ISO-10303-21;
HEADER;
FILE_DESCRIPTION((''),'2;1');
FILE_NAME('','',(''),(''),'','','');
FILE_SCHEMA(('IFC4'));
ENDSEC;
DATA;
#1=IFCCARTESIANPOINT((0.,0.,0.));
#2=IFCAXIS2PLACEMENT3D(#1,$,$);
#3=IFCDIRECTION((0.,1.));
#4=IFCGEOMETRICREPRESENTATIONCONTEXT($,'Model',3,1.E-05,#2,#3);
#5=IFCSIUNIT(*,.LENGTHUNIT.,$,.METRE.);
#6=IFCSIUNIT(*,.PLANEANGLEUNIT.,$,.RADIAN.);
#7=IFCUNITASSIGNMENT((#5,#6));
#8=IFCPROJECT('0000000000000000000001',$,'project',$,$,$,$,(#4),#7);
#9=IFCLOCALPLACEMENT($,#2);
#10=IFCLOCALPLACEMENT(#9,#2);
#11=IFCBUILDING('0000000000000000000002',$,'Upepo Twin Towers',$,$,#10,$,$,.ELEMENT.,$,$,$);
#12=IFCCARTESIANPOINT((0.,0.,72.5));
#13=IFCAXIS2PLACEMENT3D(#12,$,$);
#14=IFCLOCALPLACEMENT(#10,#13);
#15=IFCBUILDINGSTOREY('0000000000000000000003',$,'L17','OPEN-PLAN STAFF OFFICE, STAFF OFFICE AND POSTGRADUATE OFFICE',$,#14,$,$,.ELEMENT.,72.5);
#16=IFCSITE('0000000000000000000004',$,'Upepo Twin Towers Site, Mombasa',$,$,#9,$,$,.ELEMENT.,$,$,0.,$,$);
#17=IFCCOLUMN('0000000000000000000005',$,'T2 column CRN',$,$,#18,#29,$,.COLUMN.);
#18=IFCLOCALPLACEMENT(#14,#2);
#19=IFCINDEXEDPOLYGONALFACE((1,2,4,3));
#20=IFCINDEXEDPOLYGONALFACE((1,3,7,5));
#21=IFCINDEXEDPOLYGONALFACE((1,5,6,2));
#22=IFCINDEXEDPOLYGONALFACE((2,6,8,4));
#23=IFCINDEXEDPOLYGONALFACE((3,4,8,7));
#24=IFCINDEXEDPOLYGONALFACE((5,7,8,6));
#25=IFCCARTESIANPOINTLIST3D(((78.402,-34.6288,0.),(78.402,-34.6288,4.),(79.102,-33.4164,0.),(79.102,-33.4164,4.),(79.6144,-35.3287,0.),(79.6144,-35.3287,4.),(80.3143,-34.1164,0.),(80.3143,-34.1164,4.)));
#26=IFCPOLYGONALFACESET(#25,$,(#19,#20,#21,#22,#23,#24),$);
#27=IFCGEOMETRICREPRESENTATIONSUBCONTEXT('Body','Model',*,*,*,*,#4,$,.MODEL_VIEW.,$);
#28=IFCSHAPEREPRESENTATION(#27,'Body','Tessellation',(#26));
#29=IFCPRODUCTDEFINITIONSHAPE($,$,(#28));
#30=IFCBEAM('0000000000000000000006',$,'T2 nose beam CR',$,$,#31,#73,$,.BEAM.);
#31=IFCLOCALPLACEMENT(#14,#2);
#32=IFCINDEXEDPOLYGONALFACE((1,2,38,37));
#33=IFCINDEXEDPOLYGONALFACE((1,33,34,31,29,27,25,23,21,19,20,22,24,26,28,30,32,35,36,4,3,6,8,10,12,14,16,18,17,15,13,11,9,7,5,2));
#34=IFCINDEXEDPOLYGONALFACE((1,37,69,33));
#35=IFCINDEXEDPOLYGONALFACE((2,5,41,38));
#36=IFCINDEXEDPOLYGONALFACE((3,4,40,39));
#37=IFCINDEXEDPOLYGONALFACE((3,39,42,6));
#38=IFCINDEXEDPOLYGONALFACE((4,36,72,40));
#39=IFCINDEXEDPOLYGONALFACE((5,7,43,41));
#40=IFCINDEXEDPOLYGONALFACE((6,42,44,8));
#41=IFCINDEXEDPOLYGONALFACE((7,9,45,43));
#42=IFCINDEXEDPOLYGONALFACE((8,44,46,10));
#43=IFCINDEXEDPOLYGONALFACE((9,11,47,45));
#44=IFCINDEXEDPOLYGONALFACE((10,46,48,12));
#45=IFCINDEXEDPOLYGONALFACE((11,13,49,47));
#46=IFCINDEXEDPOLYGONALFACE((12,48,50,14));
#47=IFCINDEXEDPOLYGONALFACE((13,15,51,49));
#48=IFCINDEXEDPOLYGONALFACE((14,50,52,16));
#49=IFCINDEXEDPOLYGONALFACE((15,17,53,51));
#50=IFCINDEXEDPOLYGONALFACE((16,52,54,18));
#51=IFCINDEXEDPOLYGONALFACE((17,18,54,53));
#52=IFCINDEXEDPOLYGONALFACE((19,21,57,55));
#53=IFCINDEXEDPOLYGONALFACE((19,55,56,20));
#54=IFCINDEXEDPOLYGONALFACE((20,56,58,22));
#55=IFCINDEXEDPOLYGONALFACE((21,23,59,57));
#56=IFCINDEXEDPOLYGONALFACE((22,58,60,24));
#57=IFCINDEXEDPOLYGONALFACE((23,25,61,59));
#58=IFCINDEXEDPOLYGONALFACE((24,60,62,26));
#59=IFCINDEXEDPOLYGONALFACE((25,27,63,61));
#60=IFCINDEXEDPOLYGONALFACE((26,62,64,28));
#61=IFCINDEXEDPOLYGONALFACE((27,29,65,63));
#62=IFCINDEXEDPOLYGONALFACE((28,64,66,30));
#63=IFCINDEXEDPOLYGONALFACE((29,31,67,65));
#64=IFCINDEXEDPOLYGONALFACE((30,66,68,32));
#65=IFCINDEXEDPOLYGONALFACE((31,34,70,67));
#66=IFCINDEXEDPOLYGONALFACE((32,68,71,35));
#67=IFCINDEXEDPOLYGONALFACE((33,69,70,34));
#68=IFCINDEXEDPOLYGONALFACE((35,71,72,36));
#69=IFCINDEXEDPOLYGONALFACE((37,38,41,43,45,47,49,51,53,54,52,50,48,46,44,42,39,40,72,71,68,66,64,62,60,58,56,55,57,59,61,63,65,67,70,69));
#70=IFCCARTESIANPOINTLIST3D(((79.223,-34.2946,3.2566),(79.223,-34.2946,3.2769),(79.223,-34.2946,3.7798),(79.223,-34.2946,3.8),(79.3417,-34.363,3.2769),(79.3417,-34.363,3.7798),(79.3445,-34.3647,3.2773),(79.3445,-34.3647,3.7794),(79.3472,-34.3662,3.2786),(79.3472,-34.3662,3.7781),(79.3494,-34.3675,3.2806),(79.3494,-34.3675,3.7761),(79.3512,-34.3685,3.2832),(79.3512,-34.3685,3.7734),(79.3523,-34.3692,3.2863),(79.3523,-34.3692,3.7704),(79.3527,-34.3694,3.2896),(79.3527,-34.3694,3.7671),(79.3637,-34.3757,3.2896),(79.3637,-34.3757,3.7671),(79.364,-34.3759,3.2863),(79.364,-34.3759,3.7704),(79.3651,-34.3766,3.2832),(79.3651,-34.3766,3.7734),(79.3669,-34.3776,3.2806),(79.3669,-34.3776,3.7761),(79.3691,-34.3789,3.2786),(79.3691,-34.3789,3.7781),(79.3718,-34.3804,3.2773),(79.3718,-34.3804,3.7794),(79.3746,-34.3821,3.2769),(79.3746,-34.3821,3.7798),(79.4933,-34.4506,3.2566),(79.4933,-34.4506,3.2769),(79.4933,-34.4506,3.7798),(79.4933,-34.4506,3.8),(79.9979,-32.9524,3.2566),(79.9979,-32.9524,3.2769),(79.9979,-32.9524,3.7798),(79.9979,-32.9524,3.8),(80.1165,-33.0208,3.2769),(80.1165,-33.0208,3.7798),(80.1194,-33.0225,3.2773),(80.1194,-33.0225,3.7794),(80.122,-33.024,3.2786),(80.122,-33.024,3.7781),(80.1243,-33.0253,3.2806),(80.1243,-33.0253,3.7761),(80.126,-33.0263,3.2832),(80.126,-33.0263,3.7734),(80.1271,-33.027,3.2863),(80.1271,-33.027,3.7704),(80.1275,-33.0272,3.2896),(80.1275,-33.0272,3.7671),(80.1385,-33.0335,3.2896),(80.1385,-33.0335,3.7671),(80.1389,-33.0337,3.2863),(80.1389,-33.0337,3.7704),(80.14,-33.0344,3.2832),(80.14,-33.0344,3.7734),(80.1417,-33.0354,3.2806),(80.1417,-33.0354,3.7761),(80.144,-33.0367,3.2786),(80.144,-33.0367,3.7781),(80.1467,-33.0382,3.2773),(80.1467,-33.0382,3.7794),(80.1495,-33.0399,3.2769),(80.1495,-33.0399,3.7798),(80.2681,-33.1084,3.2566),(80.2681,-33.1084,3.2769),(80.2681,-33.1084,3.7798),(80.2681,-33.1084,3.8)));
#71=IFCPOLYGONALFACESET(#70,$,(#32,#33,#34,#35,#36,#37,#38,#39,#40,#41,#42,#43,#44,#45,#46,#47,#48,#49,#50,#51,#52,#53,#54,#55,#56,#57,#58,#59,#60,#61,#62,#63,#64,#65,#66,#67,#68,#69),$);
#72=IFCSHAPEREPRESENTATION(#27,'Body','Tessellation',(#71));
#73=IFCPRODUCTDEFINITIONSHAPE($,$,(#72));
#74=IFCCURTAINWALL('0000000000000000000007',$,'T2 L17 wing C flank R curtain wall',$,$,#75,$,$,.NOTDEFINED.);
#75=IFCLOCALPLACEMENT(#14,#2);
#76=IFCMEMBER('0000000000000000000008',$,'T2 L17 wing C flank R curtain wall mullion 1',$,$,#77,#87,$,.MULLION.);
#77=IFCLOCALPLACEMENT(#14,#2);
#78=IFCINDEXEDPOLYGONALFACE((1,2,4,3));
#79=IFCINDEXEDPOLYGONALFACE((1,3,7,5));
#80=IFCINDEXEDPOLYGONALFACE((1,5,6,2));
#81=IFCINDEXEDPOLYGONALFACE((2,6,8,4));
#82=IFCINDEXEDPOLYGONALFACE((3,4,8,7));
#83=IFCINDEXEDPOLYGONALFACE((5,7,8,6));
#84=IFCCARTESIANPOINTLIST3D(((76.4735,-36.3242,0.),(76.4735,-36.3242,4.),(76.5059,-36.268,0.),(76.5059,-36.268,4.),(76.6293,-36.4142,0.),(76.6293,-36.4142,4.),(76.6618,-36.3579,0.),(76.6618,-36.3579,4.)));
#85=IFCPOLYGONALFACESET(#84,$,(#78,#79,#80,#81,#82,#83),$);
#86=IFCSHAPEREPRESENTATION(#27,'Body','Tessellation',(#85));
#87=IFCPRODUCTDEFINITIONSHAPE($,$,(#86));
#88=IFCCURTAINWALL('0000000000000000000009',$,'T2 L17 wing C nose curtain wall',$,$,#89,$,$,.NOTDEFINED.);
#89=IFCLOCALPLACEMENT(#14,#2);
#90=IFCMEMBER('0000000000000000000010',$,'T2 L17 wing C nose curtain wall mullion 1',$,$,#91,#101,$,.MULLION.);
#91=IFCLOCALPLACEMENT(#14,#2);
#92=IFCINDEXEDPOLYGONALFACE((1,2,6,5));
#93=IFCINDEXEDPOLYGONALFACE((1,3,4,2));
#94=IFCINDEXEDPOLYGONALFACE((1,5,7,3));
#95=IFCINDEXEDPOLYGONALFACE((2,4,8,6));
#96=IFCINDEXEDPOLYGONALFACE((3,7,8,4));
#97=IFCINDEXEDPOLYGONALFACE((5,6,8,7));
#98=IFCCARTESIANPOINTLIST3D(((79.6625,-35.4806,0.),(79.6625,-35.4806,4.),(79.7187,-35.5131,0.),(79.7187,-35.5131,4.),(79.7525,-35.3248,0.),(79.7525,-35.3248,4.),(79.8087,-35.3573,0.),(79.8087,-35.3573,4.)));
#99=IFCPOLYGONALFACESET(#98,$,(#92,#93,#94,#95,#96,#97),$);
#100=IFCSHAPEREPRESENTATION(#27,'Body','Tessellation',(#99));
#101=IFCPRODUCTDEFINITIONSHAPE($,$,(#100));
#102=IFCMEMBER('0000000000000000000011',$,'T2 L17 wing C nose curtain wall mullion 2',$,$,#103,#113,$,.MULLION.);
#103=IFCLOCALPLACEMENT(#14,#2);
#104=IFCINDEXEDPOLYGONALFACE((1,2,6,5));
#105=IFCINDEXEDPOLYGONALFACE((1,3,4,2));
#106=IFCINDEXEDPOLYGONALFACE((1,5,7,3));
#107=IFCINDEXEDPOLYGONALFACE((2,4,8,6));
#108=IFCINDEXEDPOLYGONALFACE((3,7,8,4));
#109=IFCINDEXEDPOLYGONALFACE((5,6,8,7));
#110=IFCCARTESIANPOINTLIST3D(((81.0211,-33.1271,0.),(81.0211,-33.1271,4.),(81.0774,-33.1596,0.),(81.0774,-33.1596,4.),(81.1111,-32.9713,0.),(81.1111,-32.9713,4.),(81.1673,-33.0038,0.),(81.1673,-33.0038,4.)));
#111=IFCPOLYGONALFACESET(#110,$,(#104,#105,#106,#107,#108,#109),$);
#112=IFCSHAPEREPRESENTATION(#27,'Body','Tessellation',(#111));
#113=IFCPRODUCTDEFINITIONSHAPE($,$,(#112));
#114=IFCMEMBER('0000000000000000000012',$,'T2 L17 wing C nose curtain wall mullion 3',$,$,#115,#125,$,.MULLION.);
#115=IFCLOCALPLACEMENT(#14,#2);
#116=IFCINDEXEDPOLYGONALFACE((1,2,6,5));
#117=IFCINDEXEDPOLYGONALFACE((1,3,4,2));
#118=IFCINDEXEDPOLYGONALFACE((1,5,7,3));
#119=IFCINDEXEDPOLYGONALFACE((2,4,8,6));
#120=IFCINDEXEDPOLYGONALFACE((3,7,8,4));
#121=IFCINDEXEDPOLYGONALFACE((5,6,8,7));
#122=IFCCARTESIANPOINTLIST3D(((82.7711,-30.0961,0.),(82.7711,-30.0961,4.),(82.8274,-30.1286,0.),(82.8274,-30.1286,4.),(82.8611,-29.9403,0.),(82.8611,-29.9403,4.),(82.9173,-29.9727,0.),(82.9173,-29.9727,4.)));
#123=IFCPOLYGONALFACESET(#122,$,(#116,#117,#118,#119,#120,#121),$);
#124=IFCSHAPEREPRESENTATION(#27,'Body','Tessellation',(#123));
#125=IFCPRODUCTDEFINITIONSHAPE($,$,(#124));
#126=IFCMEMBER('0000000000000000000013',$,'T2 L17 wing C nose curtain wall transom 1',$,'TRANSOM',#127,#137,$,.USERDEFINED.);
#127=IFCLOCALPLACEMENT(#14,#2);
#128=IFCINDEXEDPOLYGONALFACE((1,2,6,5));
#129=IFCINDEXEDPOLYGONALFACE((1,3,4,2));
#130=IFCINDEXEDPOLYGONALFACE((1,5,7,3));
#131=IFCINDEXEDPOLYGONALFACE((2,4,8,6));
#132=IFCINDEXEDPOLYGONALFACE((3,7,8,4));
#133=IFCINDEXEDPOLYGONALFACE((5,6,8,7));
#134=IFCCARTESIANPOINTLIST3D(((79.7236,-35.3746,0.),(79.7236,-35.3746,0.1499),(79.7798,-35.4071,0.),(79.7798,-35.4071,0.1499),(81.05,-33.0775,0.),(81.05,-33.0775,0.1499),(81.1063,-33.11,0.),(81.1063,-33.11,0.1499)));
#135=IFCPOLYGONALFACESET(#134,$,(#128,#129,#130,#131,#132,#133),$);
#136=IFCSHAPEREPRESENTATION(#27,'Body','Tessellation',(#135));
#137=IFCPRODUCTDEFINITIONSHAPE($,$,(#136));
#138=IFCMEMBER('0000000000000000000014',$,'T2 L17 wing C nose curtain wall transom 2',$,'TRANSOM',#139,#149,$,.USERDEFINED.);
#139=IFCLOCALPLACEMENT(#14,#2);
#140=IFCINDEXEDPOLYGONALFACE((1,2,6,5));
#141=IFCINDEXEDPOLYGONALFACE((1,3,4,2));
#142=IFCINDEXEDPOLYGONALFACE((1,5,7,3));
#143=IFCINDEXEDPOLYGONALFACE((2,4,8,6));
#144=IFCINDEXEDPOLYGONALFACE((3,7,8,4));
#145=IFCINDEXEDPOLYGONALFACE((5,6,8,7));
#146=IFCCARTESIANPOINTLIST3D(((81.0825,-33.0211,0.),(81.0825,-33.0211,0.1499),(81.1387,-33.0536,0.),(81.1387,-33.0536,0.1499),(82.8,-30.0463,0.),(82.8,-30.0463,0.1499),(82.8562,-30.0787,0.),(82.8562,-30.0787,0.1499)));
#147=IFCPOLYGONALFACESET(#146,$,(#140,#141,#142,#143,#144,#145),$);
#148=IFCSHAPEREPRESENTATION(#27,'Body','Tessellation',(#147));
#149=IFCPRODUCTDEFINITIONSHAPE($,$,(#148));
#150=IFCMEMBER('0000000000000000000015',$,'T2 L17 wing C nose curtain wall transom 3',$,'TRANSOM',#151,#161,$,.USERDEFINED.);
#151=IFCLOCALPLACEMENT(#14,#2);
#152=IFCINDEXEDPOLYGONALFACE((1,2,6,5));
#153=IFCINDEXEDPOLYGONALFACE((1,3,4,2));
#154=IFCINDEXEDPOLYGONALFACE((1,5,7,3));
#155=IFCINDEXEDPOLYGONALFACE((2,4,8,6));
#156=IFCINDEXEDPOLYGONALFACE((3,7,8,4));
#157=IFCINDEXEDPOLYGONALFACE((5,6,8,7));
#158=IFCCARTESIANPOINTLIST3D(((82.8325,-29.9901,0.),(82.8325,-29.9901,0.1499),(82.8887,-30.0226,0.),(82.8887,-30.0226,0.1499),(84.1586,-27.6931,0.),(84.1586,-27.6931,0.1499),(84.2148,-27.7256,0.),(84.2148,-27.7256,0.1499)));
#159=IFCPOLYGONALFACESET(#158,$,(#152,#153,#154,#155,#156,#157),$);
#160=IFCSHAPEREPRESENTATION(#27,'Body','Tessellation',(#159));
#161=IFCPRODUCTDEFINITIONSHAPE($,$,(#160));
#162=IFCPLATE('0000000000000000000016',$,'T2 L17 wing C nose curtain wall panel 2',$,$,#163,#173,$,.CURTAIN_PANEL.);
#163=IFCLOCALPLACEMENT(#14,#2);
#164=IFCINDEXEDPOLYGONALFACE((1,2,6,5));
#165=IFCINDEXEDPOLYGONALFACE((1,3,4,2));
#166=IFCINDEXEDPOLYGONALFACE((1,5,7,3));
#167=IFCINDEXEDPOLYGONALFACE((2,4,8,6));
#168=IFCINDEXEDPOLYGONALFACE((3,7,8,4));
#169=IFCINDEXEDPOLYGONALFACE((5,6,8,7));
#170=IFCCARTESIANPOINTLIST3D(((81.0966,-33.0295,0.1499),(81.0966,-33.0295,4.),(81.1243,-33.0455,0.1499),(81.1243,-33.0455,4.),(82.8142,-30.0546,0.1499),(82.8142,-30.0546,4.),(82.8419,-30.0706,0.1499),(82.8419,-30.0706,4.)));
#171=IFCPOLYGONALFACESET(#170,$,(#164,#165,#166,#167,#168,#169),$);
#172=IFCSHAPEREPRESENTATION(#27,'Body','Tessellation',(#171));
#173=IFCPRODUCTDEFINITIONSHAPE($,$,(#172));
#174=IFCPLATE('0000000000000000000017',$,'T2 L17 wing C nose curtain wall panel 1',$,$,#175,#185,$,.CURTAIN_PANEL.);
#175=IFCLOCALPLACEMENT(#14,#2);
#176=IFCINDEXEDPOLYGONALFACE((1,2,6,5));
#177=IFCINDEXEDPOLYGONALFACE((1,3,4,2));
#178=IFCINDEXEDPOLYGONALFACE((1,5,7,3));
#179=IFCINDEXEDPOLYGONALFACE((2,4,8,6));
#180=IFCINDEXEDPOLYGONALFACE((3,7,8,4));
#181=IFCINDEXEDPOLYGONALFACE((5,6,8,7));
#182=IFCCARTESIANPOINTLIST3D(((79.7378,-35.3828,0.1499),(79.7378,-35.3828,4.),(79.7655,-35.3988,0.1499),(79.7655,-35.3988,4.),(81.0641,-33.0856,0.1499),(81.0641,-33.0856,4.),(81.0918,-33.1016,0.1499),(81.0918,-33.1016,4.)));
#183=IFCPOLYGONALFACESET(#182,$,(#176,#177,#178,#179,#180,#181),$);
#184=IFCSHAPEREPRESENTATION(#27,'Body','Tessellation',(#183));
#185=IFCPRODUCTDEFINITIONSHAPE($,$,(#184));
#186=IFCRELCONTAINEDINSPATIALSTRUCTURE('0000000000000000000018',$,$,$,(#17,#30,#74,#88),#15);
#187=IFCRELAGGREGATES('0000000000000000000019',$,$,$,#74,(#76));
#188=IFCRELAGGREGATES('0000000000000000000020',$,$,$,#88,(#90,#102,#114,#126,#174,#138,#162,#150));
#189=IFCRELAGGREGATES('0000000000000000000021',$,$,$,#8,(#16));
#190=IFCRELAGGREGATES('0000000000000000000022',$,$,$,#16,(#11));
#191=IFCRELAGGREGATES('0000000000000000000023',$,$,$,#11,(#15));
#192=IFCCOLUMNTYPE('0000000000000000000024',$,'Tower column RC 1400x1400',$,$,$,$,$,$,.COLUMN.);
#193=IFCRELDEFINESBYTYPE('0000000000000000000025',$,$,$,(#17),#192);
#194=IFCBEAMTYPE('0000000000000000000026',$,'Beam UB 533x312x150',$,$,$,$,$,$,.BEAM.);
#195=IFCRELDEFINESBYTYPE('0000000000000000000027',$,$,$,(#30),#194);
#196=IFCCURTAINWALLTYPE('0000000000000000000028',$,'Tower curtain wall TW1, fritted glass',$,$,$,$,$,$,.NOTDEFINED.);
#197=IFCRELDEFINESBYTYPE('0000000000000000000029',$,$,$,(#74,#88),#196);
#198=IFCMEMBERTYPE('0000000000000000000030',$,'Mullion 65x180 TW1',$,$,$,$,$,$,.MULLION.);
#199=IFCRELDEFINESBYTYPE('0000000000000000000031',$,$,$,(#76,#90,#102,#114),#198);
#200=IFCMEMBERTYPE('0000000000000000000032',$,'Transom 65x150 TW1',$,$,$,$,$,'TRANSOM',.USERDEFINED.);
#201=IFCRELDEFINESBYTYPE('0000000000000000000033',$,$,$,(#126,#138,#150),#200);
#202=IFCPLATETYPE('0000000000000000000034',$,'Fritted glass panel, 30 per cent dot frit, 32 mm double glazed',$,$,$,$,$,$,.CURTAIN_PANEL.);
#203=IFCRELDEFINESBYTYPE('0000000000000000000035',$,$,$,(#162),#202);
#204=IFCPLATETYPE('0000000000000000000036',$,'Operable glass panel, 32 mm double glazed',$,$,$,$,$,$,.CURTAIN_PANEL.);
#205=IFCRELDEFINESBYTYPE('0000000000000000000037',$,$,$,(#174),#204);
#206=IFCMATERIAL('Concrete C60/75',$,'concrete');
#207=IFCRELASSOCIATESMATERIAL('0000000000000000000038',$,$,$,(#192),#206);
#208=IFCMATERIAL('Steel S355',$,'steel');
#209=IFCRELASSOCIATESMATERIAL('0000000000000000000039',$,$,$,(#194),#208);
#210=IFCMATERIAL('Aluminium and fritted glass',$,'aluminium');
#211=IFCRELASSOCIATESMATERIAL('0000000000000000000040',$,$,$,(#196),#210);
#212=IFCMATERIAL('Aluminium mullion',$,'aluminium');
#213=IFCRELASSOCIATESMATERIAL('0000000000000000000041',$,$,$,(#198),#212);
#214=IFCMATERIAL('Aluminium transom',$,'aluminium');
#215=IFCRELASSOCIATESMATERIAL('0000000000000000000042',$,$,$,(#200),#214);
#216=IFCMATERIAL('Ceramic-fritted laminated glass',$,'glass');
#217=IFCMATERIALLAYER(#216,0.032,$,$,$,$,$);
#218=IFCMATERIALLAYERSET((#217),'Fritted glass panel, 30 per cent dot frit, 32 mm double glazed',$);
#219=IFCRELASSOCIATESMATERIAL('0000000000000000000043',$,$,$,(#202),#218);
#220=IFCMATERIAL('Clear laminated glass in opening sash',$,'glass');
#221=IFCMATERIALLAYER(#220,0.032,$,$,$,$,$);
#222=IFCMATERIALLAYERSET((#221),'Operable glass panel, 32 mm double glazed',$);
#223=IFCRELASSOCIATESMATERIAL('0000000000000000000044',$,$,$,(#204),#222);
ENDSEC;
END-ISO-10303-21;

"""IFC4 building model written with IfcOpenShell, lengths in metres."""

from ifc_helpers import new_model, si_unit, direction, frame, origin, origin_2d, place, context, subcontext, project, spatial, rectangle, i_section, extrude, material, layer, layer_set, material_profile, profile_set, type_object, element, aggregate, save


model = new_model("IFC4")

# Units and contexts
model_context = context("Model", 3, precision=1e-05, world=origin(), true_north=direction((0.0, 1.0)))
body_context = subcontext(model_context, "Body", "Model", "MODEL_VIEW")
ifc_project = project(units=[si_unit("LENGTHUNIT", "METRE"), si_unit("PLANEANGLEUNIT", "RADIAN")], contexts=[model_context])

# Site, building, storey
site_placement = place(None, origin())
site = spatial("IfcSite", under=ifc_project, at=site_placement, Name="Upepo Twin Towers Site, Mombasa", CompositionType="ELEMENT", RefElevation=0.0)
building_placement = place(site_placement, origin())
building = spatial("IfcBuilding", under=site, at=building_placement, Name="Upepo Twin Towers", CompositionType="ELEMENT")
storey_placement = place(building_placement, frame((0.0, 0.0, 72.5)))
storey = spatial("IfcBuildingStorey", under=building, at=storey_placement, Name="L17", Description="OPEN-PLAN STAFF OFFICE, STAFF OFFICE AND POSTGRADUATE OFFICE", CompositionType="ELEMENT", Elevation=72.5)

# Column
ifc_material_1 = material(Name="Concrete C60/75", Category="concrete")
ifc_material_profile_1 = material_profile(ifc_material_1, rectangle(XDim=1.3999, YDim=1.3999, at=origin_2d()), Name="RC 1400x1400")
ifc_profile_set_1 = profile_set([ifc_material_profile_1], Name="Concrete C60/75")
column_type = type_object("IfcColumnType", Name="Tower column RC 1400x1400", PredefinedType="COLUMN", material=ifc_profile_set_1)
column_placement = place(storey_placement, frame((79.3582, -34.3726, 0.0), z_axis=(0.0, 0.0, 1.0), x_axis=(0.5, 0.866025, 0.0)))
element("IfcColumn", 1, at=column_placement, inside=storey, type_object=column_type, Name="T2 column CRN", PredefinedType="COLUMN", context=body_context, shape_type="SweptSolid", body=[
    extrude(rectangle(XDim=1.3999, YDim=1.3999, at=origin_2d()), origin(), (0.0, 0.0, 1.0), 4.0),
])

# Beam
ifc_material_2 = material(Name="Steel S355", Category="steel")
ifc_material_profile_2 = material_profile(ifc_material_2, i_section(OverallWidth=0.312, OverallDepth=0.5435, WebThickness=0.0127, FlangeThickness=0.0203, FilletRadius=0.0127, at=origin_2d()), Name="UB 533x312x150")
ifc_profile_set_2 = profile_set([ifc_material_profile_2], Name="Steel S355")
beam_type = type_object("IfcBeamType", Name="Beam UB 533x312x150", PredefinedType="BEAM", material=ifc_profile_set_2)
beam_placement = place(storey_placement, frame((79.3582, -34.3726, 3.5283), z_axis=(0.499968, 0.866044, 0.0), x_axis=(-0.866044, 0.499968, 0.0)))
element("IfcBeam", 2, at=beam_placement, inside=storey, type_object=beam_type, Name="T2 nose beam CR", PredefinedType="BEAM", context=body_context, shape_type="SweptSolid", body=[
    extrude(i_section(OverallWidth=0.312, OverallDepth=0.5435, WebThickness=0.0127, FlangeThickness=0.0203, FilletRadius=0.0127, at=origin_2d()), origin(), (0.0, 0.0, 1.0), 1.5498),
])

# Curtain wall, member
ifc_material_3 = material(Name="Aluminium and fritted glass", Category="aluminium")
curtain_wall_type = type_object("IfcCurtainWallType", Name="Tower curtain wall TW1, fritted glass", PredefinedType="NOTDEFINED", material=ifc_material_3)
curtain_wall_1_placement = place(storey_placement, origin())
curtain_wall_1 = element("IfcCurtainWall", 3, at=curtain_wall_1_placement, inside=storey, type_object=curtain_wall_type, Name="T2 L17 wing C flank R curtain wall", PredefinedType="NOTDEFINED")
ifc_material_4 = material(Name="Aluminium mullion", Category="aluminium")
ifc_material_profile_3 = material_profile(ifc_material_4, rectangle(XDim=0.0649, YDim=0.1799, at=origin_2d()), Name="MULLION 65x180")
ifc_profile_set_3 = profile_set([ifc_material_profile_3], Name="Aluminium mullion")
member_type_1 = type_object("IfcMemberType", Name="Mullion 65x180 TW1", PredefinedType="MULLION", material=ifc_profile_set_3)
member_1_placement = place(storey_placement, frame((76.5676, -36.3411, 0.0), z_axis=(0.0, 0.0, 1.0), x_axis=(-0.5, -0.866025, 0.0)))
member_1 = element("IfcMember", 4, at=member_1_placement, type_object=member_type_1, Name="T2 L17 wing C flank R curtain wall mullion 1", PredefinedType="MULLION", context=body_context, shape_type="SweptSolid", body=[
    extrude(rectangle(XDim=0.0649, YDim=0.1799, at=origin_2d()), origin(), (0.0, 0.0, 1.0), 4.0),
])
aggregate(curtain_wall_1, [member_1])

# Curtain wall, members, plates
curtain_wall_2_placement = place(storey_placement, origin())
curtain_wall_2 = element("IfcCurtainWall", 5, at=curtain_wall_2_placement, inside=storey, type_object=curtain_wall_type, Name="T2 L17 wing C nose curtain wall", PredefinedType="NOTDEFINED")
member_2_placement = place(storey_placement, frame((79.7356, -35.4189, 0.0), z_axis=(0.0, 0.0, 1.0), x_axis=(-0.866025, 0.5, 0.0)))
member_2 = element("IfcMember", 6, at=member_2_placement, type_object=member_type_1, Name="T2 L17 wing C nose curtain wall mullion 1", PredefinedType="MULLION", context=body_context, shape_type="SweptSolid", body=[
    extrude(rectangle(XDim=0.0649, YDim=0.1799, at=origin_2d()), origin(), (0.0, 0.0, 1.0), 4.0),
])
member_3_placement = place(storey_placement, frame((81.0942, -33.0654, 0.0), z_axis=(0.0, 0.0, 1.0), x_axis=(-0.866025, 0.5, 0.0)))
member_3 = element("IfcMember", 7, at=member_3_placement, type_object=member_type_1, Name="T2 L17 wing C nose curtain wall mullion 2", PredefinedType="MULLION", context=body_context, shape_type="SweptSolid", body=[
    extrude(rectangle(XDim=0.0649, YDim=0.1799, at=origin_2d()), origin(), (0.0, 0.0, 1.0), 4.0),
])
member_4_placement = place(storey_placement, frame((82.8442, -30.0344, 0.0), z_axis=(0.0, 0.0, 1.0), x_axis=(-0.866025, 0.5, 0.0)))
member_4 = element("IfcMember", 8, at=member_4_placement, type_object=member_type_1, Name="T2 L17 wing C nose curtain wall mullion 3", PredefinedType="MULLION", context=body_context, shape_type="SweptSolid", body=[
    extrude(rectangle(XDim=0.0649, YDim=0.1799, at=origin_2d()), origin(), (0.0, 0.0, 1.0), 4.0),
])
ifc_material_5 = material(Name="Aluminium transom", Category="aluminium")
ifc_material_profile_4 = material_profile(ifc_material_5, rectangle(XDim=0.0649, YDim=0.1499, at=origin_2d()), Name="TRANSOM 65x150")
ifc_profile_set_4 = profile_set([ifc_material_profile_4], Name="Aluminium transom")
member_type_2 = type_object("IfcMemberType", Name="Transom 65x150 TW1", ElementType="TRANSOM", PredefinedType="USERDEFINED", material=ifc_profile_set_4)
member_5_placement = place(storey_placement, frame((79.7517, -35.3909, 0.075), z_axis=(0.500049, 0.865997, 0.0), x_axis=(-0.865997, 0.500049, 0.0)))
member_5 = element("IfcMember", 9, at=member_5_placement, type_object=member_type_2, Name="T2 L17 wing C nose curtain wall transom 1", ObjectType="TRANSOM", PredefinedType="USERDEFINED", context=body_context, shape_type="SweptSolid", body=[
    extrude(rectangle(XDim=0.0649, YDim=0.1499, at=origin_2d()), origin(), (0.0, 0.0, 1.0), 2.6526),
])
member_6_placement = place(storey_placement, frame((81.1106, -33.0374, 0.075), z_axis=(0.499999, 0.866026, 0.0), x_axis=(-0.866026, 0.499999, 0.0)))
member_6 = element("IfcMember", 10, at=member_6_placement, type_object=member_type_2, Name="T2 L17 wing C nose curtain wall transom 2", ObjectType="TRANSOM", PredefinedType="USERDEFINED", context=body_context, shape_type="SweptSolid", body=[
    extrude(rectangle(XDim=0.0649, YDim=0.1499, at=origin_2d()), origin(), (0.0, 0.0, 1.0), 3.4351),
])
member_7_placement = place(storey_placement, frame((82.8606, -30.0063, 0.075), z_axis=(0.49998, 0.866037, 0.0), x_axis=(-0.866037, 0.49998, 0.0)))
member_7 = element("IfcMember", 11, at=member_7_placement, type_object=member_type_2, Name="T2 L17 wing C nose curtain wall transom 3", ObjectType="TRANSOM", PredefinedType="USERDEFINED", context=body_context, shape_type="SweptSolid", body=[
    extrude(rectangle(XDim=0.0649, YDim=0.1499, at=origin_2d()), origin(), (0.0, 0.0, 1.0), 2.6523),
])
ifc_material_6 = material(Name="Ceramic-fritted laminated glass", Category="glass")
ifc_layer_1 = layer(ifc_material_6, 0.032)
ifc_layer_set_1 = layer_set([ifc_layer_1], Name="Fritted glass panel, 30 per cent dot frit, 32 mm double glazed")
plate_type_1 = type_object("IfcPlateType", Name="Fritted glass panel, 30 per cent dot frit, 32 mm double glazed", PredefinedType="CURTAIN_PANEL", material=ifc_layer_set_1)
plate_1_placement = place(storey_placement, frame((81.9692, -31.55, 0.1499), z_axis=(0.0, 0.0, 1.0), x_axis=(0.5, 0.866025, 0.0)))
plate_1 = element("IfcPlate", 12, at=plate_1_placement, type_object=plate_type_1, Name="T2 L17 wing C nose curtain wall panel 2", PredefinedType="CURTAIN_PANEL", context=body_context, shape_type="SweptSolid", body=[
    extrude(rectangle(XDim=3.4351, YDim=0.032, at=origin_2d()), origin(), (0.0, 0.0, 1.0), 3.8501),
])
ifc_material_7 = material(Name="Clear laminated glass in opening sash", Category="glass")
ifc_layer_2 = layer(ifc_material_7, 0.032)
ifc_layer_set_2 = layer_set([ifc_layer_2], Name="Operable glass panel, 32 mm double glazed")
plate_type_2 = type_object("IfcPlateType", Name="Operable glass panel, 32 mm double glazed", PredefinedType="CURTAIN_PANEL", material=ifc_layer_set_2)
plate_2_placement = place(storey_placement, frame((80.4148, -34.2422, 0.1499), z_axis=(0.0, 0.0, 1.0), x_axis=(0.5, 0.866025, 0.0)))
plate_2 = element("IfcPlate", 13, at=plate_2_placement, type_object=plate_type_2, Name="T2 L17 wing C nose curtain wall panel 1", PredefinedType="CURTAIN_PANEL", context=body_context, shape_type="SweptSolid", body=[
    extrude(rectangle(XDim=2.6526, YDim=0.032, at=origin_2d()), origin(), (0.0, 0.0, 1.0), 3.8501),
])
aggregate(curtain_wall_2, [member_2, member_3, member_4, member_5, plate_2, member_6, plate_1, member_7])

save(model, "model.ifc")
